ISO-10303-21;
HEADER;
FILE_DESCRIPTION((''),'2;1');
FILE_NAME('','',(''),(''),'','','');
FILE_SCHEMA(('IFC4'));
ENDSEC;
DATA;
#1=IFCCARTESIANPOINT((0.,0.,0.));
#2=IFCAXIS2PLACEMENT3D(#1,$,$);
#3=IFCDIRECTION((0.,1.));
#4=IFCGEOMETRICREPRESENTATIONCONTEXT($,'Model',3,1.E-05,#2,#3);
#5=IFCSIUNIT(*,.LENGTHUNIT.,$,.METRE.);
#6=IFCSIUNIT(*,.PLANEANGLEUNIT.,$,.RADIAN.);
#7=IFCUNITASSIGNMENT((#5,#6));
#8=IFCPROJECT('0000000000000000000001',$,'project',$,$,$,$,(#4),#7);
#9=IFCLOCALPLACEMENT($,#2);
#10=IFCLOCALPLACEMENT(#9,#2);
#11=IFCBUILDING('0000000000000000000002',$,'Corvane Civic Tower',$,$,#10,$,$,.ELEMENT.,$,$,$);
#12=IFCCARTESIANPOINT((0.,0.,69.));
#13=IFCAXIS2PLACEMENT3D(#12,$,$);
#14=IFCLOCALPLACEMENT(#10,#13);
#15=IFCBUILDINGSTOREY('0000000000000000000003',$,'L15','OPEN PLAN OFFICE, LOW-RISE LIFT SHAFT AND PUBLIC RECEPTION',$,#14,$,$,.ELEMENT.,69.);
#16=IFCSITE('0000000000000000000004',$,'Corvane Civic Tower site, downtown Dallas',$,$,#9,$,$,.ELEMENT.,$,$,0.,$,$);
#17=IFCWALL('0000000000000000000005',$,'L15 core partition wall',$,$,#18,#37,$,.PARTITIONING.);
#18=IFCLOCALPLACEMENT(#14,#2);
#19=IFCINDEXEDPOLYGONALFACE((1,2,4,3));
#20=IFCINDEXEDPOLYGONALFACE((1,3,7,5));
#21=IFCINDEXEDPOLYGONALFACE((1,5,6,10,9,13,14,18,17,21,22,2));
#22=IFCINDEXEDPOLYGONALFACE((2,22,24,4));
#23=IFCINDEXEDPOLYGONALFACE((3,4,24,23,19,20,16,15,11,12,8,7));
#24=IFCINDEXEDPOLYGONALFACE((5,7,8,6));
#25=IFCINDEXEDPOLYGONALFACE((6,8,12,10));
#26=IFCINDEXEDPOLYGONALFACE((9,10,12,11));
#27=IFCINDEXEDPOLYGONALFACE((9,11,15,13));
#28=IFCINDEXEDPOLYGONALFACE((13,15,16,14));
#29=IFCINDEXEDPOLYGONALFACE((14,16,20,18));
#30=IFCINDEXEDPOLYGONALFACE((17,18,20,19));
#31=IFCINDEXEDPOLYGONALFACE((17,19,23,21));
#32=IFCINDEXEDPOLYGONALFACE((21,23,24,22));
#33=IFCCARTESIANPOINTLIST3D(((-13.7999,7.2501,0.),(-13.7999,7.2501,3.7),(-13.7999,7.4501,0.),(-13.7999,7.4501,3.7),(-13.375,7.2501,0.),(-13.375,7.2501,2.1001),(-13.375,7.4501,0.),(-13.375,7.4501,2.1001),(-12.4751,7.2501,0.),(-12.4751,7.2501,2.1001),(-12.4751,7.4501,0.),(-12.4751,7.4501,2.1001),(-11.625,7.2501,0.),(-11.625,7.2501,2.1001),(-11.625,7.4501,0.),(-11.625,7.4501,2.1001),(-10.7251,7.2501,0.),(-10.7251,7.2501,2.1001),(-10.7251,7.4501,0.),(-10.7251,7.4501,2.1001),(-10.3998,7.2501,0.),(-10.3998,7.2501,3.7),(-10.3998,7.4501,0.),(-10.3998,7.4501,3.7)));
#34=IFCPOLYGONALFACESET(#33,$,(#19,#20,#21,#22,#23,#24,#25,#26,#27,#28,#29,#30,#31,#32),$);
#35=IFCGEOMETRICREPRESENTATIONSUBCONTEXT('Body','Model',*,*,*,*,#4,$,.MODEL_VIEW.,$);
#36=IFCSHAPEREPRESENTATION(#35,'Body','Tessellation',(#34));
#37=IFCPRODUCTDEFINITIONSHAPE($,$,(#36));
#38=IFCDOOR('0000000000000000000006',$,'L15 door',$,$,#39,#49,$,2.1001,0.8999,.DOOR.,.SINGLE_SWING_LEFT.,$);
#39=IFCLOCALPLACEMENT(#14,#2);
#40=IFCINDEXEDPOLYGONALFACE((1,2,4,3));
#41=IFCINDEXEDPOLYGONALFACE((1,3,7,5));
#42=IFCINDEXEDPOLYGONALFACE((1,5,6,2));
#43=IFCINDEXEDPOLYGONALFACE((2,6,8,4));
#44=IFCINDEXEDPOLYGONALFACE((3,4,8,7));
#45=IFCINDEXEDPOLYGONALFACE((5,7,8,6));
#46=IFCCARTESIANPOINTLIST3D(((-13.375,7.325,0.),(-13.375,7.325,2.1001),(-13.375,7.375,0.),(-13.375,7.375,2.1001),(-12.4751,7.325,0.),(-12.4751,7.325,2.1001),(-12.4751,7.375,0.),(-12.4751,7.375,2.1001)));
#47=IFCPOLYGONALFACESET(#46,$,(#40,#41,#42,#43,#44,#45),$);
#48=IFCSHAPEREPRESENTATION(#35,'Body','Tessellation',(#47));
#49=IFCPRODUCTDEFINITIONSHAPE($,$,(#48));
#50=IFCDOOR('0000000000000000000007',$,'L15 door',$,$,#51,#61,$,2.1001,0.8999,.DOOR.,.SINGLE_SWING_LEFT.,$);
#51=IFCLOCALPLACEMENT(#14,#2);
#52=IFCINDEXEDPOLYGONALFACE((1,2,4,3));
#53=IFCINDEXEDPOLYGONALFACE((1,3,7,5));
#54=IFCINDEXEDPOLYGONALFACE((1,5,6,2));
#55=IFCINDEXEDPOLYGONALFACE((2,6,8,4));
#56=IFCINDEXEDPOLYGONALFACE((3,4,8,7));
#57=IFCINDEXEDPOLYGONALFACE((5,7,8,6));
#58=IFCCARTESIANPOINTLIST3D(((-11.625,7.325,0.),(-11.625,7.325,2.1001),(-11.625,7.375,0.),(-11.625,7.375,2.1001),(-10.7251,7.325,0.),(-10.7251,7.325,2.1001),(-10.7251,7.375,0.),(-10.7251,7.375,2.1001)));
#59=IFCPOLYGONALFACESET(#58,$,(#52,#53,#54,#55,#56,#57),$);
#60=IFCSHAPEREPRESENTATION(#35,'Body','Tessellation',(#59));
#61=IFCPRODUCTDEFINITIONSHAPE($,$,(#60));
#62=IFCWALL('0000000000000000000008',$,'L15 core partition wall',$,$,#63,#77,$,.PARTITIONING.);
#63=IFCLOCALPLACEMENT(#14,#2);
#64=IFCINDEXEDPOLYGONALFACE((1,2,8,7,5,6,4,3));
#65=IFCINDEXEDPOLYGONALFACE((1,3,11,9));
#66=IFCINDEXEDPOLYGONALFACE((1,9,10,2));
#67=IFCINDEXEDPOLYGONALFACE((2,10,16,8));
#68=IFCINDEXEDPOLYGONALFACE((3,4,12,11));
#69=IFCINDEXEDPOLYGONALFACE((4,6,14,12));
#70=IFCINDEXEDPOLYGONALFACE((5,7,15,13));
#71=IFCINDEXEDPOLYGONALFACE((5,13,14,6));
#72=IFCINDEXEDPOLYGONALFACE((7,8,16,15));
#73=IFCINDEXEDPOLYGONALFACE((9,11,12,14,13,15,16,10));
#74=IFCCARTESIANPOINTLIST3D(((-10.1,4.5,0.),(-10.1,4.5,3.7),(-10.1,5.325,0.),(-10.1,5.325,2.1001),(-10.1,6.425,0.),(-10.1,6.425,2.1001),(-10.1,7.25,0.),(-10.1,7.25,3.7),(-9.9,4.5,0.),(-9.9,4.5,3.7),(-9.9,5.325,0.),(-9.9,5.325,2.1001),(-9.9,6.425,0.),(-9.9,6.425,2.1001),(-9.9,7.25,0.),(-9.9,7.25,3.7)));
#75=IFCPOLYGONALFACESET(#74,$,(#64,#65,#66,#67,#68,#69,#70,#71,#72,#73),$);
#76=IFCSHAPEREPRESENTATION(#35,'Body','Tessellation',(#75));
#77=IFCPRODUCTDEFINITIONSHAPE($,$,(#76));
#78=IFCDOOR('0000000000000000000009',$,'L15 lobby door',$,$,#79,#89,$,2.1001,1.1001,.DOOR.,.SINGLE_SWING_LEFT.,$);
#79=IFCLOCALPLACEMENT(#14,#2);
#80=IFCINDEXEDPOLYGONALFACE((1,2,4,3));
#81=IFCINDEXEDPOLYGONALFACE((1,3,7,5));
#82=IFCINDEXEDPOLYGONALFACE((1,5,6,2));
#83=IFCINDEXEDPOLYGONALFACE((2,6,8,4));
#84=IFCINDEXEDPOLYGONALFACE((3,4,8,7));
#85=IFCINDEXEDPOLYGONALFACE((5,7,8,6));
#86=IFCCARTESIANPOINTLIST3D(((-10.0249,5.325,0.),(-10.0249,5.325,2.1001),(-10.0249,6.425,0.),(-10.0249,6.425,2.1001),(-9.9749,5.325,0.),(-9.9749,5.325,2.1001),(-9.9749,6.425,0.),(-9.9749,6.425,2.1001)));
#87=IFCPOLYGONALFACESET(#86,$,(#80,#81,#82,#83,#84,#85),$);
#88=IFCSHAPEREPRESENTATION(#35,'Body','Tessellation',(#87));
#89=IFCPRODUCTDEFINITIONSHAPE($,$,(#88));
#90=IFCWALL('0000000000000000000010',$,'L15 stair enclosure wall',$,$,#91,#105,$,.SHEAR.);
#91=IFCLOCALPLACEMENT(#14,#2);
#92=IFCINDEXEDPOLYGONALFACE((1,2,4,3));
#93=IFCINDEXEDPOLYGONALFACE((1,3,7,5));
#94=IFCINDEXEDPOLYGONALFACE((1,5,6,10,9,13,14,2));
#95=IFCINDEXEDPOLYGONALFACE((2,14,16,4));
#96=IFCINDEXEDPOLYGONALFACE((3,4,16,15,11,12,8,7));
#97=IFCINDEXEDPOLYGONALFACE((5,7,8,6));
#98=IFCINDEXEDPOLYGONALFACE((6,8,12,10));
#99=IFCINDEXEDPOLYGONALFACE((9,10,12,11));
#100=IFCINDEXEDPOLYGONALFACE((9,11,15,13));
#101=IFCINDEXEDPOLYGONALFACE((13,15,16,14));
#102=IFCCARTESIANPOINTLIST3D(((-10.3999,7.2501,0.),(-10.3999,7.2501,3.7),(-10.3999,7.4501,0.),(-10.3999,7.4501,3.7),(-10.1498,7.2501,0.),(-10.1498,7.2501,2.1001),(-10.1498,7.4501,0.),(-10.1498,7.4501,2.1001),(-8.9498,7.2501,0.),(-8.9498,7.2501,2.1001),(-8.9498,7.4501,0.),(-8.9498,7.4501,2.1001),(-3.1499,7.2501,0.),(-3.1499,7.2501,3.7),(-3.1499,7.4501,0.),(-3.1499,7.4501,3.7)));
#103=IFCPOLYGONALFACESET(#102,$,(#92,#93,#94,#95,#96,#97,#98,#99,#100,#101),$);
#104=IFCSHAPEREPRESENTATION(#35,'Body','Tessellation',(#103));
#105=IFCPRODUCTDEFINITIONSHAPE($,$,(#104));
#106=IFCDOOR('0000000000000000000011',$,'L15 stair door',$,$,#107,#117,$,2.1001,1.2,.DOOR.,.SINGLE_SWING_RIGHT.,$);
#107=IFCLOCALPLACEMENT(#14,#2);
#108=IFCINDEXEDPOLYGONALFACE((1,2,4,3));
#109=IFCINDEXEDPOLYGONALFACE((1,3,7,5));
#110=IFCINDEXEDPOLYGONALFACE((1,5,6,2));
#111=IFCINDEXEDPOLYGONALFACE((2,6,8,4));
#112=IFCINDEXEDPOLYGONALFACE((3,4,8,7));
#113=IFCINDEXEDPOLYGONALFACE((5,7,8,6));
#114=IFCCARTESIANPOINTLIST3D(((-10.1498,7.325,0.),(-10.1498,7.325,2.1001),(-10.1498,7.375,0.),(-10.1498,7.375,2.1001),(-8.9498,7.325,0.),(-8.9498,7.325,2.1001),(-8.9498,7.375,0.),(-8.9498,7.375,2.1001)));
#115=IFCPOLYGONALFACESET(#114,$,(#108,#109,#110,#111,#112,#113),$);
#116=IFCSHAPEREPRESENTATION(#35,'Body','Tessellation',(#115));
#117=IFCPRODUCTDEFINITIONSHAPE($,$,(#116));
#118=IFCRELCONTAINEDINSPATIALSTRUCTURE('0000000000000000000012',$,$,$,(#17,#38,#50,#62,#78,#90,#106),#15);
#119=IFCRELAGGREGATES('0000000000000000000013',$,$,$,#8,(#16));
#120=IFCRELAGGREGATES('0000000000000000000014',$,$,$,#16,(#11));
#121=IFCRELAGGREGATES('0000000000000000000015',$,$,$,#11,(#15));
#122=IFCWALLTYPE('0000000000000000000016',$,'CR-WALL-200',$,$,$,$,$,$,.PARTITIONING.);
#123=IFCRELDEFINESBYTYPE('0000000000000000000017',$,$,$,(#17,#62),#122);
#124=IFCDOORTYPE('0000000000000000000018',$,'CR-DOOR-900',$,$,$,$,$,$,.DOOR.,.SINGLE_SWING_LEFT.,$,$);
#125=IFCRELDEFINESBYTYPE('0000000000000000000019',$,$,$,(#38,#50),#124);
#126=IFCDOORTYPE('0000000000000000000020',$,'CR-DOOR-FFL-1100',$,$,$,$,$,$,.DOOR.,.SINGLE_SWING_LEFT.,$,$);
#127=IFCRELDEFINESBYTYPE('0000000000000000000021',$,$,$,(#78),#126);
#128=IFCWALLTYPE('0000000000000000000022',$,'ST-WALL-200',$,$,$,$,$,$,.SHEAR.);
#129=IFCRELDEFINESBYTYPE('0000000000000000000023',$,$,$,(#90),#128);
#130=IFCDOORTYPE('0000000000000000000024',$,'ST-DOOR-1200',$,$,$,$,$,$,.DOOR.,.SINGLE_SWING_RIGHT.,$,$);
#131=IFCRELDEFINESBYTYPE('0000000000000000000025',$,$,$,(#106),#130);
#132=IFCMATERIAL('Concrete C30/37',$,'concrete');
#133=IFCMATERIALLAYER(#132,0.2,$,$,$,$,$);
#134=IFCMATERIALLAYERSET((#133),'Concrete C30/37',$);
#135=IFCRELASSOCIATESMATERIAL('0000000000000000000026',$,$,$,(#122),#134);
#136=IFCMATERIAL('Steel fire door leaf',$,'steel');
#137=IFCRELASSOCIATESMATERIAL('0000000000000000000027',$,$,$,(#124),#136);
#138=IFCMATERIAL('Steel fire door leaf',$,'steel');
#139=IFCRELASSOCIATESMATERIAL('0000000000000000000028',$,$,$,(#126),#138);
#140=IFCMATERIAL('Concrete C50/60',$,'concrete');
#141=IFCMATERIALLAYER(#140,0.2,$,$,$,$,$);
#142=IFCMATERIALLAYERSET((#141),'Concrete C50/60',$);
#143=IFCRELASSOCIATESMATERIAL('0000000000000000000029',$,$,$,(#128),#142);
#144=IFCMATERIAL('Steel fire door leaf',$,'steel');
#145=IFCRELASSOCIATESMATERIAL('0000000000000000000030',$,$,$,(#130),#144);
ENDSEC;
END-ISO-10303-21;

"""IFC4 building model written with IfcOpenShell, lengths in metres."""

from ifc_helpers import new_model, si_unit, direction, frame, frame_2d, origin, place, context, subcontext, project, spatial, rectangle, extrude, material, layer, layer_set, type_object, element, fill, save


model = new_model("IFC4")

# Units and contexts
model_context = context("Model", 3, precision=1e-05, world=origin(), true_north=direction((0.0, 1.0)))
body_context = subcontext(model_context, "Body", "Model", "MODEL_VIEW")
ifc_project = project(units=[si_unit("LENGTHUNIT", "METRE"), si_unit("PLANEANGLEUNIT", "RADIAN")], contexts=[model_context])

# Site, building, storey
site_placement = place(None, origin())
site = spatial("IfcSite", under=ifc_project, at=site_placement, Name="Corvane Civic Tower site, downtown Dallas", CompositionType="ELEMENT", RefElevation=0.0)
building_placement = place(site_placement, origin())
building = spatial("IfcBuilding", under=site, at=building_placement, Name="Corvane Civic Tower", CompositionType="ELEMENT")
storey_placement = place(building_placement, frame((0.0, 0.0, 69.0)))
storey = spatial("IfcBuildingStorey", under=building, at=storey_placement, Name="L15", Description="OPEN PLAN OFFICE, LOW-RISE LIFT SHAFT AND PUBLIC RECEPTION", CompositionType="ELEMENT", Elevation=69.0)

# Wall, openings, doors
ifc_material_1 = material(Name="Concrete C30/37", Category="concrete")
ifc_layer_1 = layer(ifc_material_1, 0.2)
ifc_layer_set_1 = layer_set([ifc_layer_1], Name="Concrete C30/37")
wall_type_1 = type_object("IfcWallType", Name="CR-WALL-200", PredefinedType="PARTITIONING", material=ifc_layer_set_1)
wall_1_placement = place(storey_placement, frame((-13.8, 7.3501, 0.0), z_axis=(0.0, 0.0, 1.0), x_axis=(1.0, 0.0, 0.0)))
wall_1 = element("IfcWall", 1, at=wall_1_placement, inside=storey, type_object=wall_type_1, Name="L15 core partition wall", PredefinedType="PARTITIONING", context=body_context, shape_type="SweptSolid", body=[
    extrude(rectangle(XDim=3.4001, YDim=0.2, at=frame_2d((1.7002, 0.0))), origin(), (0.0, 0.0, 1.0), 3.7),
])
opening_1_placement = place(wall_1_placement, frame((0.425, 0.0, 0.0)))
opening_1 = element("IfcOpeningElement", 2, at=opening_1_placement, cuts=wall_1, PredefinedType="OPENING", context=body_context, shape_type="SweptSolid", body=[
    extrude(rectangle(XDim=0.8999, YDim=2.1001, at=frame_2d((0.45, 1.05))), frame((0.0, 0.1099, 0.0), z_axis=(0.0, -1.0, 0.0), x_axis=(1.0, 0.0, 0.0)), (0.0, 0.0, 1.0), 0.22),
])
opening_2_placement = place(wall_1_placement, frame((2.175, 0.0, 0.0)))
opening_2 = element("IfcOpeningElement", 3, at=opening_2_placement, cuts=wall_1, PredefinedType="OPENING", context=body_context, shape_type="SweptSolid", body=[
    extrude(rectangle(XDim=0.8999, YDim=2.1001, at=frame_2d((0.45, 1.05))), frame((0.0, 0.1099, 0.0), z_axis=(0.0, -1.0, 0.0), x_axis=(1.0, 0.0, 0.0)), (0.0, 0.0, 1.0), 0.22),
])
ifc_material_2 = material(Name="Steel fire door leaf", Category="steel")
door_type_1 = type_object("IfcDoorType", Name="CR-DOOR-900", OperationType="SINGLE_SWING_LEFT", PredefinedType="DOOR", material=ifc_material_2)
door_1_placement = place(opening_1_placement, origin())
door_1 = element("IfcDoor", 4, at=door_1_placement, inside=storey, type_object=door_type_1, Name="L15 door", OperationType="SINGLE_SWING_LEFT", OverallHeight=2.1001, OverallWidth=0.8999, PredefinedType="DOOR", context=body_context, shape_type="SweptSolid", body=[
    extrude(rectangle(XDim=0.8999, YDim=2.1001, at=frame_2d((0.45, 1.05))), frame((0.0, 0.0249, 0.0), z_axis=(0.0, -1.0, 0.0), x_axis=(1.0, 0.0, 0.0)), (0.0, 0.0, 1.0), 0.05),
])
fill(opening_1, door_1)
door_2_placement = place(opening_2_placement, origin())
door_2 = element("IfcDoor", 5, at=door_2_placement, inside=storey, type_object=door_type_1, Name="L15 door", OperationType="SINGLE_SWING_LEFT", OverallHeight=2.1001, OverallWidth=0.8999, PredefinedType="DOOR", context=body_context, shape_type="SweptSolid", body=[
    extrude(rectangle(XDim=0.8999, YDim=2.1001, at=frame_2d((0.45, 1.05))), frame((0.0, 0.0249, 0.0), z_axis=(0.0, -1.0, 0.0), x_axis=(1.0, 0.0, 0.0)), (0.0, 0.0, 1.0), 0.05),
])
fill(opening_2, door_2)

# Walls, openings, doors
wall_2_placement = place(storey_placement, frame((-10.0, 4.5, 0.0), z_axis=(0.0, 0.0, 1.0), x_axis=(0.0, 1.0, 0.0)))
wall_2 = element("IfcWall", 6, at=wall_2_placement, inside=storey, type_object=wall_type_1, Name="L15 core partition wall", PredefinedType="PARTITIONING", context=body_context, shape_type="SweptSolid", body=[
    extrude(rectangle(XDim=2.75, YDim=0.2, at=frame_2d((1.375, 0.0))), origin(), (0.0, 0.0, 1.0), 3.7),
])
opening_3_placement = place(wall_2_placement, frame((0.825, 0.0, 0.0)))
opening_3 = element("IfcOpeningElement", 7, at=opening_3_placement, cuts=wall_2, PredefinedType="OPENING", context=body_context, shape_type="SweptSolid", body=[
    extrude(rectangle(XDim=1.1001, YDim=2.1001, at=frame_2d((0.55, 1.05))), frame((0.0, 0.1099, 0.0), z_axis=(0.0, -1.0, 0.0), x_axis=(1.0, 0.0, 0.0)), (0.0, 0.0, 1.0), 0.22),
])
ifc_material_3 = material(Name="Steel fire door leaf", Category="steel")
door_type_2 = type_object("IfcDoorType", Name="CR-DOOR-FFL-1100", OperationType="SINGLE_SWING_LEFT", PredefinedType="DOOR", material=ifc_material_3)
door_3_placement = place(opening_3_placement, origin())
door_3 = element("IfcDoor", 8, at=door_3_placement, inside=storey, type_object=door_type_2, Name="L15 lobby door", OperationType="SINGLE_SWING_LEFT", OverallHeight=2.1001, OverallWidth=1.1001, PredefinedType="DOOR", context=body_context, shape_type="SweptSolid", body=[
    extrude(rectangle(XDim=1.1001, YDim=2.1001, at=frame_2d((0.55, 1.05))), frame((0.0, 0.0249, 0.0), z_axis=(0.0, -1.0, 0.0), x_axis=(1.0, 0.0, 0.0)), (0.0, 0.0, 1.0), 0.05),
])
fill(opening_3, door_3)
ifc_material_4 = material(Name="Concrete C50/60", Category="concrete")
ifc_layer_2 = layer(ifc_material_4, 0.2)
ifc_layer_set_2 = layer_set([ifc_layer_2], Name="Concrete C50/60")
wall_type_2 = type_object("IfcWallType", Name="ST-WALL-200", PredefinedType="SHEAR", material=ifc_layer_set_2)
wall_3_placement = place(storey_placement, frame((-10.3999, 7.3501, 0.0), z_axis=(0.0, 0.0, 1.0), x_axis=(1.0, 0.0, 0.0)))
wall_3 = element("IfcWall", 9, at=wall_3_placement, inside=storey, type_object=wall_type_2, Name="L15 stair enclosure wall", PredefinedType="SHEAR", context=body_context, shape_type="SweptSolid", body=[
    extrude(rectangle(XDim=7.25, YDim=0.2, at=frame_2d((3.625, 0.0))), origin(), (0.0, 0.0, 1.0), 3.7),
])
opening_4_placement = place(wall_3_placement, frame((0.25, 0.0, 0.0)))
opening_4 = element("IfcOpeningElement", 10, at=opening_4_placement, cuts=wall_3, PredefinedType="OPENING", context=body_context, shape_type="SweptSolid", body=[
    extrude(rectangle(XDim=1.2, YDim=2.1001, at=frame_2d((0.6001, 1.05))), frame((0.0, 0.1099, 0.0), z_axis=(0.0, -1.0, 0.0), x_axis=(1.0, 0.0, 0.0)), (0.0, 0.0, 1.0), 0.22),
])
ifc_material_5 = material(Name="Steel fire door leaf", Category="steel")
door_type_3 = type_object("IfcDoorType", Name="ST-DOOR-1200", OperationType="SINGLE_SWING_RIGHT", PredefinedType="DOOR", material=ifc_material_5)
door_4_placement = place(opening_4_placement, origin())
door_4 = element("IfcDoor", 11, at=door_4_placement, inside=storey, type_object=door_type_3, Name="L15 stair door", OperationType="SINGLE_SWING_RIGHT", OverallHeight=2.1001, OverallWidth=1.2, PredefinedType="DOOR", context=body_context, shape_type="SweptSolid", body=[
    extrude(rectangle(XDim=1.2, YDim=2.1001, at=frame_2d((0.6001, 1.05))), frame((0.0, 0.0249, 0.0), z_axis=(0.0, -1.0, 0.0), x_axis=(1.0, 0.0, 0.0)), (0.0, 0.0, 1.0), 0.05),
])
fill(opening_4, door_4)

save(model, "model.ifc")
